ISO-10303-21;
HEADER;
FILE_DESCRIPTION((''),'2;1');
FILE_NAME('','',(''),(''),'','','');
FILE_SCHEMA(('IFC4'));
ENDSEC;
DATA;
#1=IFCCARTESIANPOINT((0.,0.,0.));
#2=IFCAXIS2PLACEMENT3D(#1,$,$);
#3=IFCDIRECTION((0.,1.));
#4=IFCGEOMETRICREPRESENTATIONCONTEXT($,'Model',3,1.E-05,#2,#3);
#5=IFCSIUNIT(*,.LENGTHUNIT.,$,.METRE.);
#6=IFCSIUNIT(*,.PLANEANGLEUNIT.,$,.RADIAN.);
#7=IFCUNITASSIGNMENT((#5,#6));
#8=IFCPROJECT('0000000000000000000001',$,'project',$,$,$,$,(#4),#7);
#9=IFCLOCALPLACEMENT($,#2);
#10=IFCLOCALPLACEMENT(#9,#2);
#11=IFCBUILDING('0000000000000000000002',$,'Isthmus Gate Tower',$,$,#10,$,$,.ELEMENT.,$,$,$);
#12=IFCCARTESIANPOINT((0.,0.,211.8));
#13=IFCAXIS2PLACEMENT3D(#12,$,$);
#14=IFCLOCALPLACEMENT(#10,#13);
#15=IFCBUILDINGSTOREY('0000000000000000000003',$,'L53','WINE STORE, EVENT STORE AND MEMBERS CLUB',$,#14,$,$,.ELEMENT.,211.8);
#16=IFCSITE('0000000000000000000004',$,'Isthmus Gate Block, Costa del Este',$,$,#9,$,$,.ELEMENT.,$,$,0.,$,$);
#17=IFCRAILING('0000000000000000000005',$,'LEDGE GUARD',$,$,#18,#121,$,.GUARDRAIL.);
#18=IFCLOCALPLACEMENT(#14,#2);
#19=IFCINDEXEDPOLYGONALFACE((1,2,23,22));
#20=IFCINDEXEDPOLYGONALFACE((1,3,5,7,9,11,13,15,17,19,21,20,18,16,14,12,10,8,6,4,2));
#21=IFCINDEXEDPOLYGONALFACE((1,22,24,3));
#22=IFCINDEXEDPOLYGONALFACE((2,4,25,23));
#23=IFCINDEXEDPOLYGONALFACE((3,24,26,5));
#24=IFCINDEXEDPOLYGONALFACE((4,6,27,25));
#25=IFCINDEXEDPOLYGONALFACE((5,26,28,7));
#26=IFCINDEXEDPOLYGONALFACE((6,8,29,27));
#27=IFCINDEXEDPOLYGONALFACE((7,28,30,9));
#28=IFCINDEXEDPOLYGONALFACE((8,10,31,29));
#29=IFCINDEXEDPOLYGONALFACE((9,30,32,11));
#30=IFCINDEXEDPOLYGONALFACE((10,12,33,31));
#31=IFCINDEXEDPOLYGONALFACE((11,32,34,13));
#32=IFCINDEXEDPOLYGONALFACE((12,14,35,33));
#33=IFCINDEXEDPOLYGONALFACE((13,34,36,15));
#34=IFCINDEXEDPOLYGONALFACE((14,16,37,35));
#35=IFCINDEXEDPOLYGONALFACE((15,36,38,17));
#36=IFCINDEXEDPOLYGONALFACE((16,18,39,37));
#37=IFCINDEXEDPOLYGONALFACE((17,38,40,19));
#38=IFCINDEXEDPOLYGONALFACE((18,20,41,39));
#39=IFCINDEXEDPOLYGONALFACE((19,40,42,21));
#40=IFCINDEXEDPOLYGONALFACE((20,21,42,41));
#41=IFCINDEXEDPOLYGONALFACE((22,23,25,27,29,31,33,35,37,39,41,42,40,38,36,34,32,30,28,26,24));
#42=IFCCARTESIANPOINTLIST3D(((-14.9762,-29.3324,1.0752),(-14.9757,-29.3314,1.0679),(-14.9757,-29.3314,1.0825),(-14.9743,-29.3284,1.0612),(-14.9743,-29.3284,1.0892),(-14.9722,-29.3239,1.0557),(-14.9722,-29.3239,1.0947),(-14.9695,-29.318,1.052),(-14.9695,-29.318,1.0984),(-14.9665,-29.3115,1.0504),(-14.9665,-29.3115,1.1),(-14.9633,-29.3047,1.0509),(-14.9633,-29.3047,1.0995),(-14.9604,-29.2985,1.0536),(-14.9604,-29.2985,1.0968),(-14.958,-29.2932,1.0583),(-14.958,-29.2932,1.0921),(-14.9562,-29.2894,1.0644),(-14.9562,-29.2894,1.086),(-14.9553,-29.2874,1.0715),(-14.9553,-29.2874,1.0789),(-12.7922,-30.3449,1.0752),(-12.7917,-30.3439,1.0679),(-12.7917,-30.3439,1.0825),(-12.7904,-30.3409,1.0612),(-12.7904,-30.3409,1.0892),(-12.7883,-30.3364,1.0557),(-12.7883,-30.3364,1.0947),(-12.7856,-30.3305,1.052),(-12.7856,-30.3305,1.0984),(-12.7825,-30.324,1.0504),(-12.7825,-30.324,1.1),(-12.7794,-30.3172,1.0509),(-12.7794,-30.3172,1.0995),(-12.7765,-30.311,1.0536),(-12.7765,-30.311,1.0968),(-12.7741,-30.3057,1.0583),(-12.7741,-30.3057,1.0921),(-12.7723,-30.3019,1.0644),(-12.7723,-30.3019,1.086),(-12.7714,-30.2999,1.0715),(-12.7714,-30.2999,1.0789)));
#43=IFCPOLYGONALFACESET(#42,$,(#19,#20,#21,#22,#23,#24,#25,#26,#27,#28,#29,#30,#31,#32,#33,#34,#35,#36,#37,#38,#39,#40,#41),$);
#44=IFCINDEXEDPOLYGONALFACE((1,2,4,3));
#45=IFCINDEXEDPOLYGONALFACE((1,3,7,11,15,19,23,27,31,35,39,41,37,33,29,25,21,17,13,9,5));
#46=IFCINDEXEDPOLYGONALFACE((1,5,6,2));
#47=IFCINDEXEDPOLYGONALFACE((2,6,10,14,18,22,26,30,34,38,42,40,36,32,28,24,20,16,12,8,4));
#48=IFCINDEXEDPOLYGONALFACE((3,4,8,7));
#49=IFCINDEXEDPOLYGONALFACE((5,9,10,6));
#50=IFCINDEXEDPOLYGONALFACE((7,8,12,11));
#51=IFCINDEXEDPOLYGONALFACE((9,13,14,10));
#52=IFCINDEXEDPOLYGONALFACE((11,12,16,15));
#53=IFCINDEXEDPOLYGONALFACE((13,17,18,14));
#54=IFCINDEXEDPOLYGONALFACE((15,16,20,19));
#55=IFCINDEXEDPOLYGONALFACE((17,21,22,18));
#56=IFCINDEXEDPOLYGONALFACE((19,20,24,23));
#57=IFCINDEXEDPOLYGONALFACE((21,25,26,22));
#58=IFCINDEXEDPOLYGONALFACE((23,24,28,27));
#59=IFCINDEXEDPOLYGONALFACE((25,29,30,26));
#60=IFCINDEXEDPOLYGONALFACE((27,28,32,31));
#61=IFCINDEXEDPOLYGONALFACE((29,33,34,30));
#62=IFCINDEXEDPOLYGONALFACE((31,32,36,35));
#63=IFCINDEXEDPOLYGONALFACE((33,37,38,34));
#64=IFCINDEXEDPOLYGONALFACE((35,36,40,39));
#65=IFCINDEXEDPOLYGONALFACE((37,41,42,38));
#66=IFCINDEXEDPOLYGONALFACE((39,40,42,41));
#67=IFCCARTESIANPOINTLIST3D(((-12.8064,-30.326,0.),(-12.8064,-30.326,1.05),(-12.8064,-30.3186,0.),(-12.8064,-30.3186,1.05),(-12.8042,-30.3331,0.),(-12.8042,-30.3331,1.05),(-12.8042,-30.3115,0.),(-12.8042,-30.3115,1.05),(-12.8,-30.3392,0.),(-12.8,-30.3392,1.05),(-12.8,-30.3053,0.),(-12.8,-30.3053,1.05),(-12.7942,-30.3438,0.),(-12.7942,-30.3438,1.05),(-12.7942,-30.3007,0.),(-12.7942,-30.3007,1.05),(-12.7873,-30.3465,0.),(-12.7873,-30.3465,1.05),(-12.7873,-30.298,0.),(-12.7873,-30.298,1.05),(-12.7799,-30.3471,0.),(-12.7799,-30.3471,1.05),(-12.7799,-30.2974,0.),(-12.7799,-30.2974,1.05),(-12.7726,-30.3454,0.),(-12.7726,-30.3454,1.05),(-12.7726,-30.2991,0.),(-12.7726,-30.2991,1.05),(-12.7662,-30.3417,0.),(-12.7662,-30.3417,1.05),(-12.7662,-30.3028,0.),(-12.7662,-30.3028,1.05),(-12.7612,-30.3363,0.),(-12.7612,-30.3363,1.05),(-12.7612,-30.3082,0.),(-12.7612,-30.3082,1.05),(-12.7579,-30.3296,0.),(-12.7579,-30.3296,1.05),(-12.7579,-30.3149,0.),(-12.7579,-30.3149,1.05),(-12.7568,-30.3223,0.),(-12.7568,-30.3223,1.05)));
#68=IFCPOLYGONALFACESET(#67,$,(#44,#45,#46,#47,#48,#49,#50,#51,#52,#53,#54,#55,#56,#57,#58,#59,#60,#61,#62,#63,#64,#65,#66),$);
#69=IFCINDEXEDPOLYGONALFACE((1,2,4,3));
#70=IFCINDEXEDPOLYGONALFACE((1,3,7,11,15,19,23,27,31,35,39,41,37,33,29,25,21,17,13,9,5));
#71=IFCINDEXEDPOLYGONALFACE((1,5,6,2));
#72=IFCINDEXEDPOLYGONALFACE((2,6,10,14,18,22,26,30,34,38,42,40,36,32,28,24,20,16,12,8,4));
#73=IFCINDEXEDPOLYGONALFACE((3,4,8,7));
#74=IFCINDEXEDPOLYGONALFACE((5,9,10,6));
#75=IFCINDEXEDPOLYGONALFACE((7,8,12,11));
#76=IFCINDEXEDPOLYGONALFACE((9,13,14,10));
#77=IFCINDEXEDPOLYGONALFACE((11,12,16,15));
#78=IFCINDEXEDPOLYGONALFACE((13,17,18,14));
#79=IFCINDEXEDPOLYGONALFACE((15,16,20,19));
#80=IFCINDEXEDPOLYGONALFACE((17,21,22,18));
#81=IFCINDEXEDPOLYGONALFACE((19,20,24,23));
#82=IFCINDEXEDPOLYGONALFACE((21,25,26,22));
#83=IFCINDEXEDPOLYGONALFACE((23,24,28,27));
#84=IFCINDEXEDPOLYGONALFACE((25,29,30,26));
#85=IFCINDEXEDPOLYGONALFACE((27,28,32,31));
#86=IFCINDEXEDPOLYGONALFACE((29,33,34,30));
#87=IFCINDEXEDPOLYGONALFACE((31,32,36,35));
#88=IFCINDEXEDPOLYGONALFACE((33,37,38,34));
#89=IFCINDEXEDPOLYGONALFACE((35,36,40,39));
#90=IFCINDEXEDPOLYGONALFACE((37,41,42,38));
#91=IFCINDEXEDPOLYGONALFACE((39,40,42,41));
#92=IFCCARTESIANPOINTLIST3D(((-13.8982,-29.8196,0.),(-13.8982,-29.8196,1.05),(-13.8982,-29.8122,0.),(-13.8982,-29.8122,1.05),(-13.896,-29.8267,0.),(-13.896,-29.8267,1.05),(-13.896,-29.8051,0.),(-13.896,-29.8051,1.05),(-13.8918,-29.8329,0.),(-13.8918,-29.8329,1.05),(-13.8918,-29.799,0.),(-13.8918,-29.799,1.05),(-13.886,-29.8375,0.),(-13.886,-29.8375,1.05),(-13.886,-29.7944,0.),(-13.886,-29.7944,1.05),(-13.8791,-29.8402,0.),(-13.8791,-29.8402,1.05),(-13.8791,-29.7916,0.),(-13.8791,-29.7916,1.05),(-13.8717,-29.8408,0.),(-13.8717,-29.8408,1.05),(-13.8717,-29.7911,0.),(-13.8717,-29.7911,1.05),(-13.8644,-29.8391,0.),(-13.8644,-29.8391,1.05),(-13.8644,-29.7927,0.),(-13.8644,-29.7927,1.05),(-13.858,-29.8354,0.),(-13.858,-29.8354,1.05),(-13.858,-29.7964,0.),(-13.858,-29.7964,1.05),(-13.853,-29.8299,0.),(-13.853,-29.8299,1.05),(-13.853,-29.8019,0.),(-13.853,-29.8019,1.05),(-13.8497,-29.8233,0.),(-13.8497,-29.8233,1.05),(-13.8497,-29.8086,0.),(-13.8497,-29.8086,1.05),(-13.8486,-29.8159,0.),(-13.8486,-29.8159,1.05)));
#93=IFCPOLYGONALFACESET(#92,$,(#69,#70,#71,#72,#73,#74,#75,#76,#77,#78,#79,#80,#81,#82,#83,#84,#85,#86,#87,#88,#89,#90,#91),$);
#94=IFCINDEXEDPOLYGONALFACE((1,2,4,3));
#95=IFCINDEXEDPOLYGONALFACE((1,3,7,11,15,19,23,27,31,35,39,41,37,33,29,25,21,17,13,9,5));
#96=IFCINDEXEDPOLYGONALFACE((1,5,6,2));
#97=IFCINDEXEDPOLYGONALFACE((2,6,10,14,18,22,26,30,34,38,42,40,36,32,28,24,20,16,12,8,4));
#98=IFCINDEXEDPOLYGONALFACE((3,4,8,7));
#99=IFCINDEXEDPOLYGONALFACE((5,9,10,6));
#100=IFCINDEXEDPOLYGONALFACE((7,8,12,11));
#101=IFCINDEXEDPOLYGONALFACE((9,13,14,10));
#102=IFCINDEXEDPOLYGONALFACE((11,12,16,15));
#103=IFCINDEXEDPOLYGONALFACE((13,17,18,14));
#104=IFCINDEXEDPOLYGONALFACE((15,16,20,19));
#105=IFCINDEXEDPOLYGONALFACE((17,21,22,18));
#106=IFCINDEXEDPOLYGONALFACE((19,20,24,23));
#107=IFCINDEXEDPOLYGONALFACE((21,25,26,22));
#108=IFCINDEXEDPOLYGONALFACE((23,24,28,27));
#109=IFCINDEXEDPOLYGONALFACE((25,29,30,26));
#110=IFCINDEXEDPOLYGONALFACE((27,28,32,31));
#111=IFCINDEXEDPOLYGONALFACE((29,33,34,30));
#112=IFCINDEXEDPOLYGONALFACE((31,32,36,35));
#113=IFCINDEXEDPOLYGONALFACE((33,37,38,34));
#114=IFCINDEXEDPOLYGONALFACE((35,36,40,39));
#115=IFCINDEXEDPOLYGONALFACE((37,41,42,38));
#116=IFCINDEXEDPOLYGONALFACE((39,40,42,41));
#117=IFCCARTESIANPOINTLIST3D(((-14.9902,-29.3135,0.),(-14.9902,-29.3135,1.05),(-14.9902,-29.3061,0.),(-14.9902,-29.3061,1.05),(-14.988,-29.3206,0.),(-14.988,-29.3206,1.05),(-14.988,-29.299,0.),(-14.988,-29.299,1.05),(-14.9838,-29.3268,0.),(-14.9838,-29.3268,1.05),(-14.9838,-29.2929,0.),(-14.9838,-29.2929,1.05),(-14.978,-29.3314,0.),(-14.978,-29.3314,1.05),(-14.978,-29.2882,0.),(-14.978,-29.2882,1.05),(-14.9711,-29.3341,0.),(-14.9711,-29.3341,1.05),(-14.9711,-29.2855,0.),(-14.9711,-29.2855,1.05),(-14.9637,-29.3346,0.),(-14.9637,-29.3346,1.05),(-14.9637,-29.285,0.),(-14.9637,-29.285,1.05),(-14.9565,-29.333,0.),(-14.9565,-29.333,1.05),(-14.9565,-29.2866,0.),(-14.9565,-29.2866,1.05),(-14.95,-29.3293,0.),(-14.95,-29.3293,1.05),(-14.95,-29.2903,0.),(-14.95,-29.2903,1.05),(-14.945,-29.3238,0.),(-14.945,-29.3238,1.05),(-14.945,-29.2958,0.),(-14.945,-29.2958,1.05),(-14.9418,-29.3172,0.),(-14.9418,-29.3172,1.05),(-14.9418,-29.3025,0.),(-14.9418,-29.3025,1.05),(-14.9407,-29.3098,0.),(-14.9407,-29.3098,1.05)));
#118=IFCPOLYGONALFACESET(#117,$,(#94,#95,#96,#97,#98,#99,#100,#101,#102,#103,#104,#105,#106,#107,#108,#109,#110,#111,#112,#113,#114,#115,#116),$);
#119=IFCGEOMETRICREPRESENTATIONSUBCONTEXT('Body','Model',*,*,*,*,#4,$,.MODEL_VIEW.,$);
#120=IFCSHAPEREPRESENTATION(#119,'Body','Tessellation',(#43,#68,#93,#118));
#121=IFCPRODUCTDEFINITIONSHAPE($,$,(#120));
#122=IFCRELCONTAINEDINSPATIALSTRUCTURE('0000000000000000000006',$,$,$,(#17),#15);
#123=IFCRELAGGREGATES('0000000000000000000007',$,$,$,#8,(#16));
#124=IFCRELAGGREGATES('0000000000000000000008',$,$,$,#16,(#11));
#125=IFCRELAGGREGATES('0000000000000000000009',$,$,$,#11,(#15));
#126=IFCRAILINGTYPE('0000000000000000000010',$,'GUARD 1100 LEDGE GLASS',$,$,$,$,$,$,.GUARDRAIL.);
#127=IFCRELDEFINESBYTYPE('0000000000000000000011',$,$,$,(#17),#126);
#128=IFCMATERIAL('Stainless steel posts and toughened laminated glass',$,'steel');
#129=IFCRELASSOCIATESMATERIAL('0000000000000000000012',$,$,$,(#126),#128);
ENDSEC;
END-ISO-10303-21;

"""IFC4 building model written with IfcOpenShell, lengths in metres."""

from ifc_helpers import new_model, si_unit, direction, frame, origin, origin_2d, place, context, subcontext, project, spatial, circle, extrude, material, type_object, element, save


model = new_model("IFC4")

# Units and contexts
model_context = context("Model", 3, precision=1e-05, world=origin(), true_north=direction((0.0, 1.0)))
body_context = subcontext(model_context, "Body", "Model", "MODEL_VIEW")
ifc_project = project(units=[si_unit("LENGTHUNIT", "METRE"), si_unit("PLANEANGLEUNIT", "RADIAN")], contexts=[model_context])

# Site, building, storey
site_placement = place(None, origin())
site = spatial("IfcSite", under=ifc_project, at=site_placement, Name="Isthmus Gate Block, Costa del Este", CompositionType="ELEMENT", RefElevation=0.0)
building_placement = place(site_placement, origin())
building = spatial("IfcBuilding", under=site, at=building_placement, Name="Isthmus Gate Tower", CompositionType="ELEMENT")
storey_placement = place(building_placement, frame((0.0, 0.0, 211.8)))
storey = spatial("IfcBuildingStorey", under=building, at=storey_placement, Name="L53", Description="WINE STORE, EVENT STORE AND MEMBERS CLUB", CompositionType="ELEMENT", Elevation=211.8)

# Railing
ifc_material_1 = material(Name="Stainless steel posts and toughened laminated glass", Category="steel")
railing_type_1 = type_object("IfcRailingType", Name="GUARD 1100 LEDGE GLASS", PredefinedType="GUARDRAIL", material=ifc_material_1)
railing_1_placement = place(storey_placement, frame((-12.7817, -30.3223, 0.0)))
element("IfcRailing", 1, at=railing_1_placement, inside=storey, type_object=railing_type_1, Name="LEDGE GUARD", PredefinedType="GUARDRAIL", context=body_context, shape_type="SweptSolid", body=[
    extrude(circle(Radius=0.0249, at=origin_2d()), frame((0.0, 0.0, 1.0752), z_axis=(-0.907243, 0.420608, 0.0), x_axis=(-0.420608, -0.907243, 0.0)), (0.0, 0.0, 1.0), 2.4072),
    extrude(circle(Radius=0.0249, at=origin_2d()), origin(), (0.0, 0.0, 1.0), 1.05),
    extrude(circle(Radius=0.0249, at=origin_2d()), frame((-1.0918, 0.5063, 0.0)), (0.0, 0.0, 1.0), 1.05),
    extrude(circle(Radius=0.0249, at=origin_2d()), frame((-2.1838, 1.0125, 0.0)), (0.0, 0.0, 1.0), 1.05),
])

save(model, "model.ifc")
